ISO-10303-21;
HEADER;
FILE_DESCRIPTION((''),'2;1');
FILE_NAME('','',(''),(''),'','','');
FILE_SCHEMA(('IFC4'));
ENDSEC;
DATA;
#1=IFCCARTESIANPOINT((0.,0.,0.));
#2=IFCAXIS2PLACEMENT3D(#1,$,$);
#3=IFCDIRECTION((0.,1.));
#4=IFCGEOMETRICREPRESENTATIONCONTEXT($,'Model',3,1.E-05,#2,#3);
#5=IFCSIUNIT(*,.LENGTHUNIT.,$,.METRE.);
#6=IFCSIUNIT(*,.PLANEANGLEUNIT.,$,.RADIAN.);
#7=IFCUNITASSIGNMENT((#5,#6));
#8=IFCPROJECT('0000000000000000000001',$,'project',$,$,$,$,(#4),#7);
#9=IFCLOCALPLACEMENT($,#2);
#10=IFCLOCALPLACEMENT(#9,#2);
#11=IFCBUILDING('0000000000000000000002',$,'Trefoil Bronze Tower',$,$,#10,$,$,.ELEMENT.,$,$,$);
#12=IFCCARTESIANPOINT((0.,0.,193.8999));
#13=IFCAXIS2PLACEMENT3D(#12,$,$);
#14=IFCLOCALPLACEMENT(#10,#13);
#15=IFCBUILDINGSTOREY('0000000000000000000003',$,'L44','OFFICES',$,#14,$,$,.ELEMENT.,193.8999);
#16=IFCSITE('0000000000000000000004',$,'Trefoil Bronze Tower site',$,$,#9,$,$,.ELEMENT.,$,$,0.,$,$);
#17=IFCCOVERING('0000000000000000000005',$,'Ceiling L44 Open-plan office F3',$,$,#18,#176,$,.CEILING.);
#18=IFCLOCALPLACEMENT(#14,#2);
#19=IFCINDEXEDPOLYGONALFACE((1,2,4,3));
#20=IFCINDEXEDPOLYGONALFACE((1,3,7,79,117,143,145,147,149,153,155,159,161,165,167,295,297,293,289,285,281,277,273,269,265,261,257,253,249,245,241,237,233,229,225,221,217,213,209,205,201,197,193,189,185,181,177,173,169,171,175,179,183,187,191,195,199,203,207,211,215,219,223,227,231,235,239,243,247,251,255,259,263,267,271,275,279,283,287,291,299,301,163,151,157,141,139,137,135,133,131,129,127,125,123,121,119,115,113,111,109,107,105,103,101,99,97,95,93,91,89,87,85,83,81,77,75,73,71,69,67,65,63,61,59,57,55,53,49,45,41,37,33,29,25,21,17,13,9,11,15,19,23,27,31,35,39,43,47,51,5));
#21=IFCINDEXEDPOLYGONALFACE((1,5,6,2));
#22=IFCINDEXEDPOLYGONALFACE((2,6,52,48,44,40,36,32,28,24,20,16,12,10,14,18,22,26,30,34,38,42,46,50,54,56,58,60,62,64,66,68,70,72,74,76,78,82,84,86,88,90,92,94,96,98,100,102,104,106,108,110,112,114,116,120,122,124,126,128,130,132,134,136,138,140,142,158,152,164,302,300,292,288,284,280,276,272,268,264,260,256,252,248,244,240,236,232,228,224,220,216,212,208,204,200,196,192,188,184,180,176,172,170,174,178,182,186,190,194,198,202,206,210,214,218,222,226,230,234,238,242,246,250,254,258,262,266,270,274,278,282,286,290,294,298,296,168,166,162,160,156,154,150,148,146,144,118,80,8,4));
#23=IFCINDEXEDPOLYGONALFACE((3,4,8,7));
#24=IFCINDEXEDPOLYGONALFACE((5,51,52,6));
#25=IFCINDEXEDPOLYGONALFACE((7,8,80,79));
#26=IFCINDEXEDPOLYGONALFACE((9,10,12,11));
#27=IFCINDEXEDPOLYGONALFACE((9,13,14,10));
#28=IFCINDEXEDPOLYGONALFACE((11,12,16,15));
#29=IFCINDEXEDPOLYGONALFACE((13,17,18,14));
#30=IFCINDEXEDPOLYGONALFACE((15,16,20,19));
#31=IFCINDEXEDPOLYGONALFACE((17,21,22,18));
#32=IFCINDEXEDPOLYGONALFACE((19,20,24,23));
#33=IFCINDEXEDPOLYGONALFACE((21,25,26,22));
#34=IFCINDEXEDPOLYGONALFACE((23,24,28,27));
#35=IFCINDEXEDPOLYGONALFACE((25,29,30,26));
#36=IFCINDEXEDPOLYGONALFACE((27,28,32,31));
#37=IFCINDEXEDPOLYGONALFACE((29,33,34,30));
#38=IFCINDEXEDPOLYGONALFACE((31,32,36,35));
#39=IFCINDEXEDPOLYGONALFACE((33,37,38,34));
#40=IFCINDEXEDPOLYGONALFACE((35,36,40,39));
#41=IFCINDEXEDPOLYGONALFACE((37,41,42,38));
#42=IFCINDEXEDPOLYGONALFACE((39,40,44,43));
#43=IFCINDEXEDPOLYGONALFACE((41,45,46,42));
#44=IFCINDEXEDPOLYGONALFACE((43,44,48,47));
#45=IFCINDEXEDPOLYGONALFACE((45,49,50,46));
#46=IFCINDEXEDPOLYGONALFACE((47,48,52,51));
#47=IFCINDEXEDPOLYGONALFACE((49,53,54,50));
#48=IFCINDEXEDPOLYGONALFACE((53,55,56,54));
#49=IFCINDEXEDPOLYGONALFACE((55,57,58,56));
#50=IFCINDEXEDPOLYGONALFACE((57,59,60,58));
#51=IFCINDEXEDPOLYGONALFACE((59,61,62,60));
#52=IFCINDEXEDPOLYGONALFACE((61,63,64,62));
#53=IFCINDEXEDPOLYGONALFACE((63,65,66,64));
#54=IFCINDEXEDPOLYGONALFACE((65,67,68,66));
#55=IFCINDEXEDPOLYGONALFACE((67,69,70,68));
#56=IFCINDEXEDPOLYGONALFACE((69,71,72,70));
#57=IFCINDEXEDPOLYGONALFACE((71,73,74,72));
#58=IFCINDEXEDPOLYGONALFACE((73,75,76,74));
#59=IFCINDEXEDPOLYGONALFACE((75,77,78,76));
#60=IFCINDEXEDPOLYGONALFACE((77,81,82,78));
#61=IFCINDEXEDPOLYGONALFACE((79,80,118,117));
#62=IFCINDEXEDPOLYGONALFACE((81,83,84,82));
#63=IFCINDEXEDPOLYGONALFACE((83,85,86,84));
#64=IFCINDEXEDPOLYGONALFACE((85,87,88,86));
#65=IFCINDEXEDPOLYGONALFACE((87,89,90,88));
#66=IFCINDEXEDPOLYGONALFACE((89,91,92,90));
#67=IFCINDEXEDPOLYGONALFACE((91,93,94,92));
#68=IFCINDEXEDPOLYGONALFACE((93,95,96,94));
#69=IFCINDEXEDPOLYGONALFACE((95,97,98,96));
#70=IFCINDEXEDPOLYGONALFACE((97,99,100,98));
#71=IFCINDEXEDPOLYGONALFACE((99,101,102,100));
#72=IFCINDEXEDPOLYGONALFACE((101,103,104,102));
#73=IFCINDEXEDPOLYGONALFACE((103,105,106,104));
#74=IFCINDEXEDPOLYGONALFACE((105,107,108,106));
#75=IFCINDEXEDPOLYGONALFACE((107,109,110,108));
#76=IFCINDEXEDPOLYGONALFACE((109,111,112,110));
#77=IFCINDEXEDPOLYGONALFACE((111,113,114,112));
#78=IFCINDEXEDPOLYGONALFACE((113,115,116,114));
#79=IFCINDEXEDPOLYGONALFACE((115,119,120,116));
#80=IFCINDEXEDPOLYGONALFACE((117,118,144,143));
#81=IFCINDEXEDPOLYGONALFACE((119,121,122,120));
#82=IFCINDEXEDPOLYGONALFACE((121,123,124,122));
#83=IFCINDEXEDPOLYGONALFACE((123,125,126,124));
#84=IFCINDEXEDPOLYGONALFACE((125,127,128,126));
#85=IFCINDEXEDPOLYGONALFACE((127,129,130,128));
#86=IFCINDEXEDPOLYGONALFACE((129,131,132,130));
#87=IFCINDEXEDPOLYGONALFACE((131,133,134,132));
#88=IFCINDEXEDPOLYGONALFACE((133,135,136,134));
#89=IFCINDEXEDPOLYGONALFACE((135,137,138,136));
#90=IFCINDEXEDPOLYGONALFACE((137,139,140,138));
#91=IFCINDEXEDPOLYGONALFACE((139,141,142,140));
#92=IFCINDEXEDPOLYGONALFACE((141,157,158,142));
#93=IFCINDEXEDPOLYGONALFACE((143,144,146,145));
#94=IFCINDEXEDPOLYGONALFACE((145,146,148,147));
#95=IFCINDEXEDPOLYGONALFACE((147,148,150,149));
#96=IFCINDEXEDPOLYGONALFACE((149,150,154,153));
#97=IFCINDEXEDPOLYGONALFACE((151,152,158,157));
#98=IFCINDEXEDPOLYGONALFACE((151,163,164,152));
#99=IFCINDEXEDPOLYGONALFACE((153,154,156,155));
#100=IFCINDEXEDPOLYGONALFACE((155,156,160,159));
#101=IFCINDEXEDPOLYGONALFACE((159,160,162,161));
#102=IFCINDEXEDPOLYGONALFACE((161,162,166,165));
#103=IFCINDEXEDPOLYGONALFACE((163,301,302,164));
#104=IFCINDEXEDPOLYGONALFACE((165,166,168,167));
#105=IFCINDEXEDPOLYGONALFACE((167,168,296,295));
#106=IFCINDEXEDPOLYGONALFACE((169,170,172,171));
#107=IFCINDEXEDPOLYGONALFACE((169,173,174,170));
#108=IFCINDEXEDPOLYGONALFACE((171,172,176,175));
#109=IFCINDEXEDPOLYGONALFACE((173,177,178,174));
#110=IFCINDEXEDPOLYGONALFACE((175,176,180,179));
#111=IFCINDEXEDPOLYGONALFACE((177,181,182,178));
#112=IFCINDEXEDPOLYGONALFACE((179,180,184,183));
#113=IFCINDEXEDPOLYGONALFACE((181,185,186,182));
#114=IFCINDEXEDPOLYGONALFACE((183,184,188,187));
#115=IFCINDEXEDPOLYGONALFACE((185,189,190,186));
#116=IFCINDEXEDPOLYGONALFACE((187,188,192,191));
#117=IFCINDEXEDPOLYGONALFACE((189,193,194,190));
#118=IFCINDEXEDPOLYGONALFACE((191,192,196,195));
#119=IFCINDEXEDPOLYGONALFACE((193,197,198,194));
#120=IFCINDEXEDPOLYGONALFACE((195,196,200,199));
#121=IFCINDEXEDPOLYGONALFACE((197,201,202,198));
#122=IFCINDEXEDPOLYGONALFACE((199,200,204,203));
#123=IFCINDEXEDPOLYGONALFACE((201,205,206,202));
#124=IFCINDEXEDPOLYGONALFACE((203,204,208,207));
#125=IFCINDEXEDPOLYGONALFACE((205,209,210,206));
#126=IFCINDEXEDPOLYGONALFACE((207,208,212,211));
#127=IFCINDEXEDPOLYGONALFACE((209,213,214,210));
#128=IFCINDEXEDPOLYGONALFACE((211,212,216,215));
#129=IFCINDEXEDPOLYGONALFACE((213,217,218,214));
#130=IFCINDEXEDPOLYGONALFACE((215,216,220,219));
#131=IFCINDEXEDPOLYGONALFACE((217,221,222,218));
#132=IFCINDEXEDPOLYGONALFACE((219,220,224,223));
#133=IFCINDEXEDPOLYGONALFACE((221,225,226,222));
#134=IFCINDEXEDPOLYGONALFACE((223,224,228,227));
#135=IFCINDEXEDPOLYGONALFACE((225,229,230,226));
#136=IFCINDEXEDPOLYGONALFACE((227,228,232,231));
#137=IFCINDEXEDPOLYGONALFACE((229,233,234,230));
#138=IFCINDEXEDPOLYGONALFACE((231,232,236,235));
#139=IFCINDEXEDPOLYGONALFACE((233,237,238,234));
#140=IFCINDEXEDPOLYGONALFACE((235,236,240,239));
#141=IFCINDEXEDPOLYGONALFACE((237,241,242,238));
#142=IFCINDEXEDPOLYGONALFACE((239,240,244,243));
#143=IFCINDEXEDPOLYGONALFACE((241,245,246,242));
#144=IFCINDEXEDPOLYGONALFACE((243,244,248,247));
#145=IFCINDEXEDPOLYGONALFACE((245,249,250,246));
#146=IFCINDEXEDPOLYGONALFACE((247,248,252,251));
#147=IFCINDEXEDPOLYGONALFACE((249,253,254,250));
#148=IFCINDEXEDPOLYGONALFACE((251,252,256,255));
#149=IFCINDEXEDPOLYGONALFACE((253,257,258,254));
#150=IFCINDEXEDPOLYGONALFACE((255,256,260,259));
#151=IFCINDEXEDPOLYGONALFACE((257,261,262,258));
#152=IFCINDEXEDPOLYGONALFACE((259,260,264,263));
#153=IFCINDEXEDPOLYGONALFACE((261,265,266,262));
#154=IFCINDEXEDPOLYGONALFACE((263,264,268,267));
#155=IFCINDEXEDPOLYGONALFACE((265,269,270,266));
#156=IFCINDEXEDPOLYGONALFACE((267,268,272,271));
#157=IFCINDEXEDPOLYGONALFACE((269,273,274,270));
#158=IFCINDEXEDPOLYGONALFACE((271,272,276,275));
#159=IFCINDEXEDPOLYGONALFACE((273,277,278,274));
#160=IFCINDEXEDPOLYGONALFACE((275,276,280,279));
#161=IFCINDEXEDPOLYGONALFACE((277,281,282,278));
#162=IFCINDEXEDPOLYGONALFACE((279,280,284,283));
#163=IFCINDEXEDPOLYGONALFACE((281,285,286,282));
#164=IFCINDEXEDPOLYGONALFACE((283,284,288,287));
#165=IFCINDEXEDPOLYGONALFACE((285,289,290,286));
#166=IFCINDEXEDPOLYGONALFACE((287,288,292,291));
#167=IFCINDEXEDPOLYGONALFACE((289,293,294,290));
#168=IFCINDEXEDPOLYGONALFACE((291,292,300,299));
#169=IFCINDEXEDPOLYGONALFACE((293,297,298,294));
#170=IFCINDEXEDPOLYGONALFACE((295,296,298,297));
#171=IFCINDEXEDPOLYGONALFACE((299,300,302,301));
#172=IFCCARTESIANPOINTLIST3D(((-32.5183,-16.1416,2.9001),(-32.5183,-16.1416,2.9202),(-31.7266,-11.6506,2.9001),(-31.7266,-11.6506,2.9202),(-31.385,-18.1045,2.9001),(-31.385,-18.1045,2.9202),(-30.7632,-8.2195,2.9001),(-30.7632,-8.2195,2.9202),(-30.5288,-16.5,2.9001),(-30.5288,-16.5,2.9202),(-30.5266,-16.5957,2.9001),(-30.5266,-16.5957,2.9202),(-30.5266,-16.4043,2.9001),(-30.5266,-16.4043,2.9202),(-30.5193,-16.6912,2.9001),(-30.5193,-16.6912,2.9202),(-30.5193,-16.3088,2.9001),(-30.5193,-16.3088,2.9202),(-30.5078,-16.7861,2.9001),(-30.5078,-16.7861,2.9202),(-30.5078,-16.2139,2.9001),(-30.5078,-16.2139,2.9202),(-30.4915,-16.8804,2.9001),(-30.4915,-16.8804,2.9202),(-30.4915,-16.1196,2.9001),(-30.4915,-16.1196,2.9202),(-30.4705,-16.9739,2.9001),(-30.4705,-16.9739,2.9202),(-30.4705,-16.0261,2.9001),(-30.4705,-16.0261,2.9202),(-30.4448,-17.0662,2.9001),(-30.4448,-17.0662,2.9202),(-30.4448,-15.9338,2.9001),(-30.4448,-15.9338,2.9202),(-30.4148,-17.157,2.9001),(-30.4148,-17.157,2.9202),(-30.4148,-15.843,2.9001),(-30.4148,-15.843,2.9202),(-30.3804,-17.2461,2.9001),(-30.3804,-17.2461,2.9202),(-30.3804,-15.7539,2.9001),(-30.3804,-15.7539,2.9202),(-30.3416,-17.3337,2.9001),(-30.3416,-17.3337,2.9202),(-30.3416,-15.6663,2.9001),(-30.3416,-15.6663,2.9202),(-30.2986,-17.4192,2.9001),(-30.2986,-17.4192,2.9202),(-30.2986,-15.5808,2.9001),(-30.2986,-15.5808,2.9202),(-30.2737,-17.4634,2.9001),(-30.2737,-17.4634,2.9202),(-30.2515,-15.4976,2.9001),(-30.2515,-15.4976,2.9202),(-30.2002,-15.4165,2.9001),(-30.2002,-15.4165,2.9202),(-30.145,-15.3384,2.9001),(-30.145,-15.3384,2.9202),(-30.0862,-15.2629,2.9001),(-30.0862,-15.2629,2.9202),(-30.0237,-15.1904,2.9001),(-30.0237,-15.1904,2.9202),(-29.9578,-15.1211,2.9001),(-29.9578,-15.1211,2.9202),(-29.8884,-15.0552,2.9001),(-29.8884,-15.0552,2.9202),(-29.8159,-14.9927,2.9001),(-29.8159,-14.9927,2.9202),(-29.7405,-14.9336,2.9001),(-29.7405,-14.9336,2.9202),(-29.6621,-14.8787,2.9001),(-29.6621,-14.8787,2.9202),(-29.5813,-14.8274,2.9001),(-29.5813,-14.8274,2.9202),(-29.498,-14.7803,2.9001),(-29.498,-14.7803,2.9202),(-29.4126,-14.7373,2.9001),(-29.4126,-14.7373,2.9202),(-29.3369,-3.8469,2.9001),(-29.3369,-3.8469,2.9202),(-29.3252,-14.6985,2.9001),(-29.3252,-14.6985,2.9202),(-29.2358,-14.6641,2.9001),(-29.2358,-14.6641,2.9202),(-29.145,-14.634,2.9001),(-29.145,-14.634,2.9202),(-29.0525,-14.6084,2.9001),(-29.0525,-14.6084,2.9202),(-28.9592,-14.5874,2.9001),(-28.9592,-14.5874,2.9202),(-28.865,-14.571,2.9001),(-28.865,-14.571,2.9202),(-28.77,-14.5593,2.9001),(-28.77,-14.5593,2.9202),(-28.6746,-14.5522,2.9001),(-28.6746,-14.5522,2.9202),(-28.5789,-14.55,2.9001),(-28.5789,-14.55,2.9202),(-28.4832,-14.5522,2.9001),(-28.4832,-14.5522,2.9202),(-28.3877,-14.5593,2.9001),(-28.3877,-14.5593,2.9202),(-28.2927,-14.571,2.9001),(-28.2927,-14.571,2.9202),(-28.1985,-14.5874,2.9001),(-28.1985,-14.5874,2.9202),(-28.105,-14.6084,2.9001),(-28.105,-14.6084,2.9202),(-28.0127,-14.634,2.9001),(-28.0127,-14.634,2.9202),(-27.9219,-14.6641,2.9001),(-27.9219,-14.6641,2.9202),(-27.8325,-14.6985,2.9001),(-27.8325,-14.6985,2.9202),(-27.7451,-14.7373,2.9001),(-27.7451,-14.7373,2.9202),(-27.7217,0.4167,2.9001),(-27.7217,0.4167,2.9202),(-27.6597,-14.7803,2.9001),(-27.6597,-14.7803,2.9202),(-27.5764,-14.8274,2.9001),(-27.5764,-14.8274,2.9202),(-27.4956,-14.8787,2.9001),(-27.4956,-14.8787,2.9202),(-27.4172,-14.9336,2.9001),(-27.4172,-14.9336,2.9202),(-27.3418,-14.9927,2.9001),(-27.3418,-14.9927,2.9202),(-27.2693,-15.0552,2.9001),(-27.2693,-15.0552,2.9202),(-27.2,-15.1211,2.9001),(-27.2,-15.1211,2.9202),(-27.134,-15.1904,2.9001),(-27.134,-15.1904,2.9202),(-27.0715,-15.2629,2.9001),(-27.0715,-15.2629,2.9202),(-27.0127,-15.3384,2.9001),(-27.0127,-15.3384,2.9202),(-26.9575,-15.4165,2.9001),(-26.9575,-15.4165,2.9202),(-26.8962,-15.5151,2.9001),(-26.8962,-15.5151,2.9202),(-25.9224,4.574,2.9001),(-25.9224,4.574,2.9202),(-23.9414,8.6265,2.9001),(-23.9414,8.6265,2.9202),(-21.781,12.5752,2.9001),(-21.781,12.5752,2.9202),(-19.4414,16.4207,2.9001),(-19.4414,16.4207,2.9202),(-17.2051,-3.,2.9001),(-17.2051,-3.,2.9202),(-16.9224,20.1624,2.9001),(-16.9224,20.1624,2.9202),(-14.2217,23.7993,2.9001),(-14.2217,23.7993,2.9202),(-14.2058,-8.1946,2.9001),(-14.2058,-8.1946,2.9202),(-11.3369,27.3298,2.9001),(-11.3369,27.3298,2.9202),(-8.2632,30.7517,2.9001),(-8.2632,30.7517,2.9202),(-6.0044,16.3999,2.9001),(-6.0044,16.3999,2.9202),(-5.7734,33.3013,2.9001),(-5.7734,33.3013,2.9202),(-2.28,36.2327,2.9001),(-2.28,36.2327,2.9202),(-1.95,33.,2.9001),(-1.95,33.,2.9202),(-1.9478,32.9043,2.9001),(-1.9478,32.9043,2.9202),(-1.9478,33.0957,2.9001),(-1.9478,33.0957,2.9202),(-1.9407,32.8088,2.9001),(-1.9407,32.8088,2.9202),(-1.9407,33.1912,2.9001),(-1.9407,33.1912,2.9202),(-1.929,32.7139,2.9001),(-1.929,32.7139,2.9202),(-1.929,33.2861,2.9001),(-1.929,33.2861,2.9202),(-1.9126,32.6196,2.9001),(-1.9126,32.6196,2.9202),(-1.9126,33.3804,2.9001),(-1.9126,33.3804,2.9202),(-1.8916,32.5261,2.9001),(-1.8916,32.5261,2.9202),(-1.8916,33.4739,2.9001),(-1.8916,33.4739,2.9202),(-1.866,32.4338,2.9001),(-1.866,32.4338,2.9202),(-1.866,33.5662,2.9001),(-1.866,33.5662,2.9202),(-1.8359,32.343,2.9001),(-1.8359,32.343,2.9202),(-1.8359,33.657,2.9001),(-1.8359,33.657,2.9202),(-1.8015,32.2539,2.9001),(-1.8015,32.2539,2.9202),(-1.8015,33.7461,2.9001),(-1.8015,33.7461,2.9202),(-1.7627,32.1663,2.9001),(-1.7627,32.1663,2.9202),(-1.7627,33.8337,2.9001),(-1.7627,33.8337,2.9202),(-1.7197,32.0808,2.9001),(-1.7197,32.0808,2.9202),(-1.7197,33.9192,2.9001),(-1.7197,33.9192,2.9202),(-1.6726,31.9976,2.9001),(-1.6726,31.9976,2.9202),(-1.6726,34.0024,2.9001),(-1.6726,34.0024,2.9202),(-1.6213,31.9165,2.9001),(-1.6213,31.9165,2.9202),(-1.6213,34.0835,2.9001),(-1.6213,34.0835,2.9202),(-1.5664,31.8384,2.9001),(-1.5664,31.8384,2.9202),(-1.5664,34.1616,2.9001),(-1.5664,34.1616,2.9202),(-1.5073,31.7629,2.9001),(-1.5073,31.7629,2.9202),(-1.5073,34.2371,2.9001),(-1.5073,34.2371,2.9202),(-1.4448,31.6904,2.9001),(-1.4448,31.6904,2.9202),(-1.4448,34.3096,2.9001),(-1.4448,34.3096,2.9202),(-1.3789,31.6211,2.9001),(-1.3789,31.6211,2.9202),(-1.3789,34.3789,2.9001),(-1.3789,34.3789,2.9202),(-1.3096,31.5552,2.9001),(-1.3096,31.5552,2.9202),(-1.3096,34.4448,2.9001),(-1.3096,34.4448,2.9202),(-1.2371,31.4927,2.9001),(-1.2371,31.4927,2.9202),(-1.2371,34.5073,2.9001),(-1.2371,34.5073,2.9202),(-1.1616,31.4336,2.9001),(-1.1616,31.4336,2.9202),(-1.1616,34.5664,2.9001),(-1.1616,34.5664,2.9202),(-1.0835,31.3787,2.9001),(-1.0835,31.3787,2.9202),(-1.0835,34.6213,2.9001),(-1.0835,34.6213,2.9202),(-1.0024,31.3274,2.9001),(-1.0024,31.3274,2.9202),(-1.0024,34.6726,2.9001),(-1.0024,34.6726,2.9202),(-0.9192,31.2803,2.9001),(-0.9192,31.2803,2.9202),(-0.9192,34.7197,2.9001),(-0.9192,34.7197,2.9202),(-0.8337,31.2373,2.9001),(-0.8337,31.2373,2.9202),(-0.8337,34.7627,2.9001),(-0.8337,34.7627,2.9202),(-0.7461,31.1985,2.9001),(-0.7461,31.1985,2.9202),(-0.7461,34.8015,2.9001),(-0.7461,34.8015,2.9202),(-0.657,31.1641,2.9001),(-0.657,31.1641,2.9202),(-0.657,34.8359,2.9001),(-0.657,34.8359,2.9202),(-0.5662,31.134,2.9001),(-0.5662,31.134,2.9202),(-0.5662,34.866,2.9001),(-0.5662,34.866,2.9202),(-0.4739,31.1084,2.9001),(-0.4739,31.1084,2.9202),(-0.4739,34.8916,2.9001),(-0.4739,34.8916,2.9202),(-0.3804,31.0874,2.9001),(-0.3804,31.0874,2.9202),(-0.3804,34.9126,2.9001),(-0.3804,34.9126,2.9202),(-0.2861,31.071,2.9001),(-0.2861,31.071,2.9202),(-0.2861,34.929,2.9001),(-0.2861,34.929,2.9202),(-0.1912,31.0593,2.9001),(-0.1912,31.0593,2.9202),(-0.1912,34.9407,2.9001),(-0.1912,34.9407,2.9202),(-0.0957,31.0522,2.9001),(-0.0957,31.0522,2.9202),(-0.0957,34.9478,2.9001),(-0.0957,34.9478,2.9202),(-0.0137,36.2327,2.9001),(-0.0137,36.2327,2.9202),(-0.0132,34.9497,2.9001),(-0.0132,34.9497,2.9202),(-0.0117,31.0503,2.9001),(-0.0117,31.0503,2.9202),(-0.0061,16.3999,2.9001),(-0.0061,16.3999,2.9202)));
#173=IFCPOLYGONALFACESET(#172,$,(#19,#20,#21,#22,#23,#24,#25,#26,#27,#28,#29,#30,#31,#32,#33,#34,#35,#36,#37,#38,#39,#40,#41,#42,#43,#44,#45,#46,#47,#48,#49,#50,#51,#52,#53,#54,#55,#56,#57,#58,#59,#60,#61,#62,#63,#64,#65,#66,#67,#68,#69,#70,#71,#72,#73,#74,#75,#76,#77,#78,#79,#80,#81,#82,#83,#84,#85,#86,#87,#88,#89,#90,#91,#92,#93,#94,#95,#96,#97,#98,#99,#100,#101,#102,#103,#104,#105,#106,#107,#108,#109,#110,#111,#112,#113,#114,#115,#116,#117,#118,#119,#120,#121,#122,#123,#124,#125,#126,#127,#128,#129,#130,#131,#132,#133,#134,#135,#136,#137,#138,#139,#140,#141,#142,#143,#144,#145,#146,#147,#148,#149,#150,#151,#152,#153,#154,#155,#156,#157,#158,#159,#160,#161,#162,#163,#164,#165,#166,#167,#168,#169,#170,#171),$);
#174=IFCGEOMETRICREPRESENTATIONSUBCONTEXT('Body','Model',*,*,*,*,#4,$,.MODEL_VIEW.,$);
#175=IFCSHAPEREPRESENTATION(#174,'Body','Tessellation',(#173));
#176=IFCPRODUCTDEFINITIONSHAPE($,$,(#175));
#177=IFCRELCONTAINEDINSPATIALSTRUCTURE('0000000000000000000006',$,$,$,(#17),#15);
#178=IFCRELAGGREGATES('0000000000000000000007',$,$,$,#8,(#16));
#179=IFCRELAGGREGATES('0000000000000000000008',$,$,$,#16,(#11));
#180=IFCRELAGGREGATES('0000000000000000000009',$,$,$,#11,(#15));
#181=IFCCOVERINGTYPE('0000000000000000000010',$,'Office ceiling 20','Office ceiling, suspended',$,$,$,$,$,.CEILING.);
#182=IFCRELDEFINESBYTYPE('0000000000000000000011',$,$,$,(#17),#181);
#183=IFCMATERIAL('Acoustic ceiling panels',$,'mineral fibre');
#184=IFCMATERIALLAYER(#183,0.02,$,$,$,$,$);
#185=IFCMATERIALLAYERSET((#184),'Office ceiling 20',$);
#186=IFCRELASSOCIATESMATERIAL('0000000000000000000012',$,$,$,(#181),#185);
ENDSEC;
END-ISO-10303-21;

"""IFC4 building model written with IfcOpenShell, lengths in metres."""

from ifc_helpers import new_model, si_unit, direction, frame, origin, place, context, subcontext, project, spatial, polyline, outline, extrude, material, layer, layer_set, type_object, element, save


model = new_model("IFC4")

# Units and contexts
model_context = context("Model", 3, precision=1e-05, world=origin(), true_north=direction((0.0, 1.0)))
body_context = subcontext(model_context, "Body", "Model", "MODEL_VIEW")
ifc_project = project(units=[si_unit("LENGTHUNIT", "METRE"), si_unit("PLANEANGLEUNIT", "RADIAN")], contexts=[model_context])

# Site, building, storey
site_placement = place(None, origin())
site = spatial("IfcSite", under=ifc_project, at=site_placement, Name="Trefoil Bronze Tower site", CompositionType="ELEMENT", RefElevation=0.0)
building_placement = place(site_placement, origin())
building = spatial("IfcBuilding", under=site, at=building_placement, Name="Trefoil Bronze Tower", CompositionType="ELEMENT")
storey_placement = place(building_placement, frame((0.0, 0.0, 193.8999)))
storey = spatial("IfcBuildingStorey", under=building, at=storey_placement, Name="L44", Description="OFFICES", CompositionType="ELEMENT", Elevation=193.8999)

# Covering
ifc_material_1 = material(Name="Acoustic ceiling panels", Category="mineral fibre")
ifc_layer_1 = layer(ifc_material_1, 0.02)
ifc_layer_set_1 = layer_set([ifc_layer_1], Name="Office ceiling 20")
covering_type_1 = type_object("IfcCoveringType", Name="Office ceiling 20", Description="Office ceiling, suspended", PredefinedType="CEILING", material=ifc_layer_set_1)
covering_1_placement = place(storey_placement, frame((0.0, 0.0, 2.9001)))
element("IfcCovering", 1, at=covering_1_placement, inside=storey, type_object=covering_type_1, Name="Ceiling L44 Open-plan office F3", PredefinedType="CEILING", context=body_context, shape_type="SweptSolid", body=[
    extrude(outline(polyline([(-30.7632, -8.2195), (-29.3369, -3.8469), (-27.7217, 0.4167), (-25.9224, 4.574), (-23.9414, 8.6265), (-21.781, 12.5752), (-19.4414, 16.4207), (-16.9224, 20.1624), (-14.2217, 23.7993), (-11.3369, 27.3298), (-8.2632, 30.7517), (-5.7734, 33.3013), (-2.28, 36.2327), (-0.0137, 36.2327), (-0.0132, 34.9497), (-0.0957, 34.9478), (-0.1912, 34.9407), (-0.2861, 34.929), (-0.3804, 34.9126), (-0.4739, 34.8916), (-0.5662, 34.866), (-0.657, 34.8359), (-0.7461, 34.8015), (-0.8337, 34.7627), (-0.9192, 34.7197), (-1.0024, 34.6726), (-1.0835, 34.6213), (-1.1616, 34.5664), (-1.2371, 34.5073), (-1.3096, 34.4448), (-1.3789, 34.3789), (-1.4448, 34.3096), (-1.5073, 34.2371), (-1.5664, 34.1616), (-1.6213, 34.0835), (-1.6726, 34.0024), (-1.7197, 33.9192), (-1.7627, 33.8337), (-1.8015, 33.7461), (-1.8359, 33.657), (-1.866, 33.5662), (-1.8916, 33.4739), (-1.9126, 33.3804), (-1.929, 33.2861), (-1.9407, 33.1912), (-1.9478, 33.0957), (-1.95, 33.0), (-1.9478, 32.9043), (-1.9407, 32.8088), (-1.929, 32.7139), (-1.9126, 32.6196), (-1.8916, 32.5261), (-1.866, 32.4338), (-1.8359, 32.343), (-1.8015, 32.2539), (-1.7627, 32.1663), (-1.7197, 32.0808), (-1.6726, 31.9976), (-1.6213, 31.9165), (-1.5664, 31.8384), (-1.5073, 31.7629), (-1.4448, 31.6904), (-1.3789, 31.6211), (-1.3096, 31.5552), (-1.2371, 31.4927), (-1.1616, 31.4336), (-1.0835, 31.3787), (-1.0024, 31.3274), (-0.9192, 31.2803), (-0.8337, 31.2373), (-0.7461, 31.1985), (-0.657, 31.1641), (-0.5662, 31.134), (-0.4739, 31.1084), (-0.3804, 31.0874), (-0.2861, 31.071), (-0.1912, 31.0593), (-0.0957, 31.0522), (-0.0117, 31.0503), (-0.0061, 16.3999), (-6.0044, 16.3999), (-17.2051, -3.0), (-14.2058, -8.1946), (-26.8962, -15.5151), (-26.9575, -15.4165), (-27.0127, -15.3384), (-27.0715, -15.2629), (-27.134, -15.1904), (-27.2, -15.1211), (-27.2693, -15.0552), (-27.3418, -14.9927), (-27.4172, -14.9336), (-27.4956, -14.8787), (-27.5764, -14.8274), (-27.6597, -14.7803), (-27.7451, -14.7373), (-27.8325, -14.6985), (-27.9219, -14.6641), (-28.0127, -14.634), (-28.105, -14.6084), (-28.1985, -14.5874), (-28.2927, -14.571), (-28.3877, -14.5593), (-28.4832, -14.5522), (-28.5789, -14.55), (-28.6746, -14.5522), (-28.77, -14.5593), (-28.865, -14.571), (-28.9592, -14.5874), (-29.0525, -14.6084), (-29.145, -14.634), (-29.2358, -14.6641), (-29.3252, -14.6985), (-29.4126, -14.7373), (-29.498, -14.7803), (-29.5813, -14.8274), (-29.6621, -14.8787), (-29.7405, -14.9336), (-29.8159, -14.9927), (-29.8884, -15.0552), (-29.9578, -15.1211), (-30.0237, -15.1904), (-30.0862, -15.2629), (-30.145, -15.3384), (-30.2002, -15.4165), (-30.2515, -15.4976), (-30.2986, -15.5808), (-30.3416, -15.6663), (-30.3804, -15.7539), (-30.4148, -15.843), (-30.4448, -15.9338), (-30.4705, -16.0261), (-30.4915, -16.1196), (-30.5078, -16.2139), (-30.5193, -16.3088), (-30.5266, -16.4043), (-30.5288, -16.5), (-30.5266, -16.5957), (-30.5193, -16.6912), (-30.5078, -16.7861), (-30.4915, -16.8804), (-30.4705, -16.9739), (-30.4448, -17.0662), (-30.4148, -17.157), (-30.3804, -17.2461), (-30.3416, -17.3337), (-30.2986, -17.4192), (-30.2737, -17.4634), (-31.385, -18.1045), (-32.5183, -16.1416), (-31.7266, -11.6506), (-30.7632, -8.2195)])), origin(), (0.0, 0.0, 1.0), 0.02),
])

save(model, "model.ifc")
